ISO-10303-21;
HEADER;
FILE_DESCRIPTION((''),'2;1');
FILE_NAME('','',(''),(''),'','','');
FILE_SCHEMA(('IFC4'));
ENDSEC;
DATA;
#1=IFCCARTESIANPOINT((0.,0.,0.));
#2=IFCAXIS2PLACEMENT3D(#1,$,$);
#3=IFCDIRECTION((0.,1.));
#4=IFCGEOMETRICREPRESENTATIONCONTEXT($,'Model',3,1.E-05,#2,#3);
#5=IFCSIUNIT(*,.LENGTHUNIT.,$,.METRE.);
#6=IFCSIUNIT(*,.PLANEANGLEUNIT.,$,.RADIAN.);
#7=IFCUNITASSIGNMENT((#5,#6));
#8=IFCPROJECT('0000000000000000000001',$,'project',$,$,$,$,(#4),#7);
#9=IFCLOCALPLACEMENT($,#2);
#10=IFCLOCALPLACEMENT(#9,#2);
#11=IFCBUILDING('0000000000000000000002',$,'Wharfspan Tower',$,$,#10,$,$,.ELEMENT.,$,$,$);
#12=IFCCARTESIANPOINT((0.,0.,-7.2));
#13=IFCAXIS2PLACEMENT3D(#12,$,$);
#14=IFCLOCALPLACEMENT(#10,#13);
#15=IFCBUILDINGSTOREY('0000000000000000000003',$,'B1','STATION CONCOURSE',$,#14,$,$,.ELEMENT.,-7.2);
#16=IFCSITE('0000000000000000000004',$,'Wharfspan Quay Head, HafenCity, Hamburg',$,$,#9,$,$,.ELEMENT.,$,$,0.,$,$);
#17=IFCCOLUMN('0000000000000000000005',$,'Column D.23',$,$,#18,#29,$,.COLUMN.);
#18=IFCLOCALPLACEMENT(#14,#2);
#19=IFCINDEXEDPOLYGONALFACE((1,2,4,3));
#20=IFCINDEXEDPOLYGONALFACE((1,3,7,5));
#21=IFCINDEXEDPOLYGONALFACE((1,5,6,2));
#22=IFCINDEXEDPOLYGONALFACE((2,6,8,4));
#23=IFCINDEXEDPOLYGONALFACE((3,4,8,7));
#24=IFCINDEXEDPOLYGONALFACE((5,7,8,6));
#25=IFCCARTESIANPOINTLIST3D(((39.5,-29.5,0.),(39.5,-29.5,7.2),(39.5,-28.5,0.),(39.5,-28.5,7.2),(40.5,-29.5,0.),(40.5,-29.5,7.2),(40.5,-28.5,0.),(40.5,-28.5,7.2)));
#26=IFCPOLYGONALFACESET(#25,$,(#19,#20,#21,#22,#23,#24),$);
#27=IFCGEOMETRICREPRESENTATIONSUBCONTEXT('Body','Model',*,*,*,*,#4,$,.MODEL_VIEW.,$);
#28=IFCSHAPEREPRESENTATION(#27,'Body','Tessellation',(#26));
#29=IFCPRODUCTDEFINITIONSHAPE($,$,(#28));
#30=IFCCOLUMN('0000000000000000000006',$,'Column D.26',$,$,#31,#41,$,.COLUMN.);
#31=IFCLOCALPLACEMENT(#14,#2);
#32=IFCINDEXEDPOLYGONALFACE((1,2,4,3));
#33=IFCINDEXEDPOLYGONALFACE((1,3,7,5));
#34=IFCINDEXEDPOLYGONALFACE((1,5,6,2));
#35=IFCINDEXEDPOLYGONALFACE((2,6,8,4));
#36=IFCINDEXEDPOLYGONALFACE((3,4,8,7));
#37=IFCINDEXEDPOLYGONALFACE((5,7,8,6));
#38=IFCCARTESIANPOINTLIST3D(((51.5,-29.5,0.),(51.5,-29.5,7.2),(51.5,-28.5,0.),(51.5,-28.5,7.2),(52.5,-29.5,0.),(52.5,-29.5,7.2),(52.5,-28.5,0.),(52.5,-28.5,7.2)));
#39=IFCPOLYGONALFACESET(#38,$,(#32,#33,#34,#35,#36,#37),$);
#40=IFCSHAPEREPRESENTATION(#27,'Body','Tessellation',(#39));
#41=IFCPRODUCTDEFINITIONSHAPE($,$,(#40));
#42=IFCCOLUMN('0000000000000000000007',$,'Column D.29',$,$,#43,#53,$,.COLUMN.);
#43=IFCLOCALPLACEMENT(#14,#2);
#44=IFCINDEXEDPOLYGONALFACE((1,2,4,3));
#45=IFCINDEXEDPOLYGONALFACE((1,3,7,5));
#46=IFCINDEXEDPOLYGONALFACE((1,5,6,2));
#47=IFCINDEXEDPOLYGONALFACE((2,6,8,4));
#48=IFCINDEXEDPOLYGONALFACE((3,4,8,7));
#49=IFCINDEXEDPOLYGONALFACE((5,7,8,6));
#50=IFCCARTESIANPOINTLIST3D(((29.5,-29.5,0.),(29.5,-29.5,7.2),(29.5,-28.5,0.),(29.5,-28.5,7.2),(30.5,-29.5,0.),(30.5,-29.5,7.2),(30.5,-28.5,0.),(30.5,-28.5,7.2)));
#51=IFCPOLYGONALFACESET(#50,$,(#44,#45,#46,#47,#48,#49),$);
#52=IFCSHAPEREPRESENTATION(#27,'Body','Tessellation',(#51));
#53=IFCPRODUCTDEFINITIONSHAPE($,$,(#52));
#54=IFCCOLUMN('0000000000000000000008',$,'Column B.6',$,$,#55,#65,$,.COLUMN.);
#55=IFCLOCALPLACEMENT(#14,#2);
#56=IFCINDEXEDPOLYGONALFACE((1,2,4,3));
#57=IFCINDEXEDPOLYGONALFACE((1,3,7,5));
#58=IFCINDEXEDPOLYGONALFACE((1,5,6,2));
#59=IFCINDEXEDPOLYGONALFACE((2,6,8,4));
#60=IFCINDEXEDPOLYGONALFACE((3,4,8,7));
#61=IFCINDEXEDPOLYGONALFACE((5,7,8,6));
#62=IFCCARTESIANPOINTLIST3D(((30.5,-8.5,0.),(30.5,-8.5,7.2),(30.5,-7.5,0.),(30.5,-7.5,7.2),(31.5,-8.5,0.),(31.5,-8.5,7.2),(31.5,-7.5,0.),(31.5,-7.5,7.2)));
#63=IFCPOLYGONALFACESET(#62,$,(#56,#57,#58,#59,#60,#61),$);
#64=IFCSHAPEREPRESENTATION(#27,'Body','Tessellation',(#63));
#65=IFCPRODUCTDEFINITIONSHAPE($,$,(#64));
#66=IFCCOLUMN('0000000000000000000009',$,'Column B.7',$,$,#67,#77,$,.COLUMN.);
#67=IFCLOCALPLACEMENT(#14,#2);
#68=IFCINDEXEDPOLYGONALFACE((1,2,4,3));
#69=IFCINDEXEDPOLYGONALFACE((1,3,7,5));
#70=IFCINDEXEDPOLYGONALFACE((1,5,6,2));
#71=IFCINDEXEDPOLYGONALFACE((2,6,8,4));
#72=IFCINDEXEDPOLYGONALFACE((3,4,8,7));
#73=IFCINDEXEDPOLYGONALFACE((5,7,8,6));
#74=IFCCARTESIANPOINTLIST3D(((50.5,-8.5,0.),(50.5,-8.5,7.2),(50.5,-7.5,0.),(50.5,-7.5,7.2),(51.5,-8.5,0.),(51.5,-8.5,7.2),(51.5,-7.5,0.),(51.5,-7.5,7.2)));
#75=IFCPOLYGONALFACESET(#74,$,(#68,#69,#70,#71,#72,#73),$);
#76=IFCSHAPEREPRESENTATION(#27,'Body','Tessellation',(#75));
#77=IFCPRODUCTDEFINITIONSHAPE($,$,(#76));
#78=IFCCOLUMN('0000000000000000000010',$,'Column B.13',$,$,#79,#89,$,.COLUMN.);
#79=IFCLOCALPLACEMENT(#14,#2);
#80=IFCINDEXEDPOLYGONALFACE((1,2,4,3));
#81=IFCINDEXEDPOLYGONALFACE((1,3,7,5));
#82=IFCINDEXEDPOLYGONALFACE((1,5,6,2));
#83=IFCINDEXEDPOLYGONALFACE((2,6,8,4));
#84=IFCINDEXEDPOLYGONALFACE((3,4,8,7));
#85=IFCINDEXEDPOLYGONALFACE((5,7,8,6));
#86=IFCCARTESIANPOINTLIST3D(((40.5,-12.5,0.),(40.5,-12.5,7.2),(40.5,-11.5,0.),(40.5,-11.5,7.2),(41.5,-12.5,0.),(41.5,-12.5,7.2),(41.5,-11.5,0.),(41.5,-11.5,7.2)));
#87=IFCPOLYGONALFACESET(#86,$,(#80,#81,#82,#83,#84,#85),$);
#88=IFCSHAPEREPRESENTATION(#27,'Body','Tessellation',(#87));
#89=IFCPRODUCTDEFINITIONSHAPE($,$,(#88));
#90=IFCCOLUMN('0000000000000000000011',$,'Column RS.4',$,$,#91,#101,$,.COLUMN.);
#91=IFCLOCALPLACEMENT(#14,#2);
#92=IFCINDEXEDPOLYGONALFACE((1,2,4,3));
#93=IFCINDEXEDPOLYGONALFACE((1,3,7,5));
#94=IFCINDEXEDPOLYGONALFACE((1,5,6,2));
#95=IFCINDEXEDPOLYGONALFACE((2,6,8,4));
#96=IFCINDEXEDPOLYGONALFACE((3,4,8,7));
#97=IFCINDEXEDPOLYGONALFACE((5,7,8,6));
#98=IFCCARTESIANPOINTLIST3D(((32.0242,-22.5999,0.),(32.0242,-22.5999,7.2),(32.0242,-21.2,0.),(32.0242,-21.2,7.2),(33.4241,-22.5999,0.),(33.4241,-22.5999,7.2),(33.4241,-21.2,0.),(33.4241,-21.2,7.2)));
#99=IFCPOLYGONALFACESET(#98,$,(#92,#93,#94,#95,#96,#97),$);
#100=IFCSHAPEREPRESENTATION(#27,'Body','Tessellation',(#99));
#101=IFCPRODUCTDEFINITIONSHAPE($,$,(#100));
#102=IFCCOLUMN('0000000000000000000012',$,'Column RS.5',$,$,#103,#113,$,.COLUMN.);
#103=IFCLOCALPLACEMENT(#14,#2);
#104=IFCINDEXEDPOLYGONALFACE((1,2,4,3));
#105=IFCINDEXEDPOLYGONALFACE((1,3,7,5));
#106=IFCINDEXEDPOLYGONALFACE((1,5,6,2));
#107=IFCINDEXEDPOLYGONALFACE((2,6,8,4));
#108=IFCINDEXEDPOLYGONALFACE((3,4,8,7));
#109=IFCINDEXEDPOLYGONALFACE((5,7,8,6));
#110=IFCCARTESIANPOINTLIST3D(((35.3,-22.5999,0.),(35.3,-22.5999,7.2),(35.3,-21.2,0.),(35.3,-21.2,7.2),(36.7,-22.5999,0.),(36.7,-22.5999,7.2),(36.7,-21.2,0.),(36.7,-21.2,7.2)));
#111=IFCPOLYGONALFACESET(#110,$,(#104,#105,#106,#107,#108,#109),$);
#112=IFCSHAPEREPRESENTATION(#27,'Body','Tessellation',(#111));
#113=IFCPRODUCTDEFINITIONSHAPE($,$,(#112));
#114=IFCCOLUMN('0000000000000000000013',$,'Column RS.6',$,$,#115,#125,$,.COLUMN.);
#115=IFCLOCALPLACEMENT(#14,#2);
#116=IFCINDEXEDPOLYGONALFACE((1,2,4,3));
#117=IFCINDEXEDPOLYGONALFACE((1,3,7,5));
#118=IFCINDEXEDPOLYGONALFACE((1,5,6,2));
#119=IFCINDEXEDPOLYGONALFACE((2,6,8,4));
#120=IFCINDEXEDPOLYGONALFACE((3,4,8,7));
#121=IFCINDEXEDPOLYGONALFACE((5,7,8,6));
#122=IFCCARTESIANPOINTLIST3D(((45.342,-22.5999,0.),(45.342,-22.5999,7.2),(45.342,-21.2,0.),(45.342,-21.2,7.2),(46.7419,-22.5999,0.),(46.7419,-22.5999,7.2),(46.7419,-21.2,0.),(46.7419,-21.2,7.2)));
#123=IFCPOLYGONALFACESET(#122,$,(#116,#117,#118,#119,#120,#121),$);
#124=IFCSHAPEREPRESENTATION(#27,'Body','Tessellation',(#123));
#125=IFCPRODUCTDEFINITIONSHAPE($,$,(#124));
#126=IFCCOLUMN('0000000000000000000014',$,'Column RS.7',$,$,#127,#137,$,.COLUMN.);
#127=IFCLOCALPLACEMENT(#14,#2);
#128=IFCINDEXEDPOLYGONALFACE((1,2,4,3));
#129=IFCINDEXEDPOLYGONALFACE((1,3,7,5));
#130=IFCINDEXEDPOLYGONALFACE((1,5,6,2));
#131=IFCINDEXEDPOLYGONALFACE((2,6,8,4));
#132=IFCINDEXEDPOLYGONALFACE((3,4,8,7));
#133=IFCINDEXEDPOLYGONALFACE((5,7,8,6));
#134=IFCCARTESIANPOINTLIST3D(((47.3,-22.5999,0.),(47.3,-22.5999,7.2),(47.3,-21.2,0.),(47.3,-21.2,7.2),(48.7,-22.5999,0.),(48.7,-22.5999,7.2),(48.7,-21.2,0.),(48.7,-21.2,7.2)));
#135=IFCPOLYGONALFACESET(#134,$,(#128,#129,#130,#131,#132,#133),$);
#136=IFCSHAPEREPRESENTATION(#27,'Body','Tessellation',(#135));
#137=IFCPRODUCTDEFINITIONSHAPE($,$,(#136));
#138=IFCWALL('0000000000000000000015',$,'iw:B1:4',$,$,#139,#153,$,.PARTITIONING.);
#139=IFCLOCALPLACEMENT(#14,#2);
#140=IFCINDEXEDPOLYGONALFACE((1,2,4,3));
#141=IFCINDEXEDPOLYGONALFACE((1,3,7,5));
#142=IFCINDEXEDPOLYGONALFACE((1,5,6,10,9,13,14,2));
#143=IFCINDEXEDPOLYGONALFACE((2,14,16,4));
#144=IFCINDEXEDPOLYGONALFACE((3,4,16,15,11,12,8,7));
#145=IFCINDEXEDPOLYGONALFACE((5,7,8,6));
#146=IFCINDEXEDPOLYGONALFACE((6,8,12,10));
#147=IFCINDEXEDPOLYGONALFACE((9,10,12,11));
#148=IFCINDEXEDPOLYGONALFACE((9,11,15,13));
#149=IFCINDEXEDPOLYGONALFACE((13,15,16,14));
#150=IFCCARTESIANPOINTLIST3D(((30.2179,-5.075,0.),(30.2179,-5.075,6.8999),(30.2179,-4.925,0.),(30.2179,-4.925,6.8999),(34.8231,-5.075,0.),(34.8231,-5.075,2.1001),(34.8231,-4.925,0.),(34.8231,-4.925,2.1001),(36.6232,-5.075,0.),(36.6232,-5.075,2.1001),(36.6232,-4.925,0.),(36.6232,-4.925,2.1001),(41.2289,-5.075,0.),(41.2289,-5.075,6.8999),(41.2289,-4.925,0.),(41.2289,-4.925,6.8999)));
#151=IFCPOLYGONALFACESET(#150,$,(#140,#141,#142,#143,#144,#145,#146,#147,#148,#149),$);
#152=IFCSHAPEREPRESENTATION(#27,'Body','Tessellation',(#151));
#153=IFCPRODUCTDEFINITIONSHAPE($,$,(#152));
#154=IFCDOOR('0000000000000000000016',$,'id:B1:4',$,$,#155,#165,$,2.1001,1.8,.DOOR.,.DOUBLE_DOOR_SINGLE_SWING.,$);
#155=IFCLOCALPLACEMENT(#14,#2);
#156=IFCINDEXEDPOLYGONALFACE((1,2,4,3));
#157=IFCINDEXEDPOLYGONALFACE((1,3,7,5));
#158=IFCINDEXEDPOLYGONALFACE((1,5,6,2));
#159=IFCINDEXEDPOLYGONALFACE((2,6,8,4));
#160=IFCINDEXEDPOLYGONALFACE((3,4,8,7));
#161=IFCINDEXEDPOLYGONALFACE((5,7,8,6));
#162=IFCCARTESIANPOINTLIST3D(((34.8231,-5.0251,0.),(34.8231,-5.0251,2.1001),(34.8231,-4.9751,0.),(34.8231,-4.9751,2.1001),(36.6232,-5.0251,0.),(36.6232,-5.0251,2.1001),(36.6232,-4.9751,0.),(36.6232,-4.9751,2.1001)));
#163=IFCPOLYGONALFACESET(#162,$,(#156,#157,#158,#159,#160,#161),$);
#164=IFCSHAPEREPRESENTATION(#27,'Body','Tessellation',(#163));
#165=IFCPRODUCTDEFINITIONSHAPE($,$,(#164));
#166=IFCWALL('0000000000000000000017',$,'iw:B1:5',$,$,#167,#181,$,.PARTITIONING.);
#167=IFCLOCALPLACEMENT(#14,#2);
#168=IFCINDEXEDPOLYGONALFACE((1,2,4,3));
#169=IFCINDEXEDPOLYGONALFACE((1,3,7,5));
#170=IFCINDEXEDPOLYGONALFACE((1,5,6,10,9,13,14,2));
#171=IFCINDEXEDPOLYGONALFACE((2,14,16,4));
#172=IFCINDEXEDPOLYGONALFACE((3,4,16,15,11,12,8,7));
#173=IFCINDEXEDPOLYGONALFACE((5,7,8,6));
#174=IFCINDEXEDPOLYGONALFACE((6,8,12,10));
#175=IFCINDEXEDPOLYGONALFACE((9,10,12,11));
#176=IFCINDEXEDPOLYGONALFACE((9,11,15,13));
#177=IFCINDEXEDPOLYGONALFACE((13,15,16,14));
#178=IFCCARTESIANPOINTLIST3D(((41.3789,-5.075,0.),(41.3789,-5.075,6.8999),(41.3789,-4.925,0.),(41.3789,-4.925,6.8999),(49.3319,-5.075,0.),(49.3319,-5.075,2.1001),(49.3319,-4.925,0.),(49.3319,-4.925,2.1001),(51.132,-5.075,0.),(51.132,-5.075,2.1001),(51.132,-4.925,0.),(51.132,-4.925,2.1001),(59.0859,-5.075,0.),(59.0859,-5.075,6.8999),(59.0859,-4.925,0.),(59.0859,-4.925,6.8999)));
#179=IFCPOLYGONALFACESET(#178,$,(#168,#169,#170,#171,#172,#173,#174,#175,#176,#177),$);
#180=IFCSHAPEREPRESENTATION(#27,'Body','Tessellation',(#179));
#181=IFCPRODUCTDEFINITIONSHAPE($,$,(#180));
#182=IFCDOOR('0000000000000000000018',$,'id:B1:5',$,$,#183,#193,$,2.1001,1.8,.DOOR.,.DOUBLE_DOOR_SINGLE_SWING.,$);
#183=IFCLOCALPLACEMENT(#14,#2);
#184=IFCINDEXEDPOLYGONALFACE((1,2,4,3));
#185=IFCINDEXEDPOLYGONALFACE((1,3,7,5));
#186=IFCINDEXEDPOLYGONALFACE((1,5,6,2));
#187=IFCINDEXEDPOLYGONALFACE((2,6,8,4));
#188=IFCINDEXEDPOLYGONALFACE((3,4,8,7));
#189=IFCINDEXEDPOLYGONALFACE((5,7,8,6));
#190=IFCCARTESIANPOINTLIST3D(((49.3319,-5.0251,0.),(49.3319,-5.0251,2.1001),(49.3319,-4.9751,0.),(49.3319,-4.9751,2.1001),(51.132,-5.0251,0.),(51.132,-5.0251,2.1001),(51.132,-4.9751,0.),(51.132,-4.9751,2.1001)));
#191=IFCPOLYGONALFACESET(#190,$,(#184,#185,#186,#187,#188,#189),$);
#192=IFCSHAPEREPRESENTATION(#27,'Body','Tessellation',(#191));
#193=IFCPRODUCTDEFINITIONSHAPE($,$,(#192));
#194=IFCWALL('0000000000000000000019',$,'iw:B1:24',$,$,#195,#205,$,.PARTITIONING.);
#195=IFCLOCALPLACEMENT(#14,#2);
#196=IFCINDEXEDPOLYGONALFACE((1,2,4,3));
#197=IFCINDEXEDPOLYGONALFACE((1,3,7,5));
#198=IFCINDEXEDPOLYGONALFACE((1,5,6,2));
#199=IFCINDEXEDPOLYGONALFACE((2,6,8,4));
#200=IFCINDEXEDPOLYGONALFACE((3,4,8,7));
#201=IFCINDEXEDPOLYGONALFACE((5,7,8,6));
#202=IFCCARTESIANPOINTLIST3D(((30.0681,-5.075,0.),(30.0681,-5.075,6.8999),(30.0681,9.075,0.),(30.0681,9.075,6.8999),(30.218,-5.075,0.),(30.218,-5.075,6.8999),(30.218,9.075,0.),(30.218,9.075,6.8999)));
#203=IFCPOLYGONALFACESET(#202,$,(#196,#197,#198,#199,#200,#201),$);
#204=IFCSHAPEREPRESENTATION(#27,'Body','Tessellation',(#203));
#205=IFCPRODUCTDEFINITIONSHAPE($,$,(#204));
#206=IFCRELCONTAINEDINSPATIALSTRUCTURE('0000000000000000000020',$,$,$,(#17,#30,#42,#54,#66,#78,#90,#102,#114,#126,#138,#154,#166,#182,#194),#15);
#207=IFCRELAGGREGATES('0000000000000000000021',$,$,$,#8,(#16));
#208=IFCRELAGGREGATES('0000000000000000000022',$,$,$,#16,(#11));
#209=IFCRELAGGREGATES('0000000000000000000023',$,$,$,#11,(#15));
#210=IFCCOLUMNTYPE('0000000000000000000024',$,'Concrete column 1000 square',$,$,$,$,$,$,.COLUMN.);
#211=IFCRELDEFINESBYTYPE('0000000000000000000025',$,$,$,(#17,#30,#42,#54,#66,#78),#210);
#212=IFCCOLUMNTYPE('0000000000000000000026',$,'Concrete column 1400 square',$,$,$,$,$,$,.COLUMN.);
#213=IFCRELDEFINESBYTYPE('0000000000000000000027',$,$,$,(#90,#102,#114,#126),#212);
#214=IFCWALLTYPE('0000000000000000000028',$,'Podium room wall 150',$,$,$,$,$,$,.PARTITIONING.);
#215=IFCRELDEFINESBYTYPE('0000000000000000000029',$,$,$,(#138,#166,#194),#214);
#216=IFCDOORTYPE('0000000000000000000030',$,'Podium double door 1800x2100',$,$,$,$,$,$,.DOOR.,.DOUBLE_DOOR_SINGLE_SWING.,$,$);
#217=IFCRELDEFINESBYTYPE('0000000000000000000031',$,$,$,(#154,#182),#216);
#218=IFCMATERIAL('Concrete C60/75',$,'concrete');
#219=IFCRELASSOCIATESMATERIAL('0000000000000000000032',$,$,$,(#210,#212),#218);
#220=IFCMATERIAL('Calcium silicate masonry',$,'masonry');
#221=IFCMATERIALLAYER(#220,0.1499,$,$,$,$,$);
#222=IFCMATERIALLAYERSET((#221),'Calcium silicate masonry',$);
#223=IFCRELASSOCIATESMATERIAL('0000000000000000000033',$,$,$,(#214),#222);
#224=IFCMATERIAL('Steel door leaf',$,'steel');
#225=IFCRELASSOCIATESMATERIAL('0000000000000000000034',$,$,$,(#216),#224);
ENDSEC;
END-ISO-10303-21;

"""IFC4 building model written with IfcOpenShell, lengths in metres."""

from ifc_helpers import new_model, si_unit, direction, frame, frame_2d, origin, origin_2d, place, context, subcontext, project, spatial, rectangle, extrude, material, layer, layer_set, material_profile, profile_set, type_object, element, fill, save


model = new_model("IFC4")

# Units and contexts
model_context = context("Model", 3, precision=1e-05, world=origin(), true_north=direction((0.0, 1.0)))
body_context = subcontext(model_context, "Body", "Model", "MODEL_VIEW")
ifc_project = project(units=[si_unit("LENGTHUNIT", "METRE"), si_unit("PLANEANGLEUNIT", "RADIAN")], contexts=[model_context])

# Site, building, storey
site_placement = place(None, origin())
site = spatial("IfcSite", under=ifc_project, at=site_placement, Name="Wharfspan Quay Head, HafenCity, Hamburg", CompositionType="ELEMENT", RefElevation=0.0)
building_placement = place(site_placement, origin())
building = spatial("IfcBuilding", under=site, at=building_placement, Name="Wharfspan Tower", CompositionType="ELEMENT")
storey_placement = place(building_placement, frame((0.0, 0.0, -7.2)))
storey = spatial("IfcBuildingStorey", under=building, at=storey_placement, Name="B1", Description="STATION CONCOURSE", CompositionType="ELEMENT", Elevation=-7.2)

# Columns
ifc_material_1 = material(Name="Concrete C60/75", Category="concrete")
ifc_material_profile_1 = material_profile(ifc_material_1, rectangle(XDim=1.0, YDim=1.0, at=origin_2d()))
ifc_profile_set_1 = profile_set([ifc_material_profile_1], Name="Concrete C60/75")
column_type_1 = type_object("IfcColumnType", Name="Concrete column 1000 square", PredefinedType="COLUMN", material=ifc_profile_set_1)
for number, where, z_axis, x_axis, name in (
    (1, (40.0, -29.0, 0.0), (0.0, 0.0, 1.0), (1.0, 0.0, 0.0), "Column D.23"),
    (2, (52.0, -29.0, 0.0), (0.0, 0.0, 1.0), (1.0, 0.0, 0.0), "Column D.26"),
    (3, (30.0, -29.0, 0.0), (0.0, 0.0, 1.0), (1.0, 0.0, 0.0), "Column D.29"),
    (4, (31.0, -8.0, 0.0), (0.0, 0.0, 1.0), (1.0, 0.0, 0.0), "Column B.6"),
    (5, (51.0, -8.0, 0.0), (0.0, 0.0, 1.0), (1.0, 0.0, 0.0), "Column B.7"),
    (6, (41.0, -12.0, 0.0), (0.0, 0.0, 1.0), (1.0, 0.0, 0.0), "Column B.13"),
):
    element("IfcColumn", number, at=place(storey_placement, frame(where, z_axis=z_axis, x_axis=x_axis)), inside=storey, type_object=column_type_1, Name=name, PredefinedType="COLUMN", context=body_context, shape_type="SweptSolid", body=[
        extrude(rectangle(XDim=1.0, YDim=1.0, at=origin_2d()), origin(), (0.0, 0.0, 1.0), 7.2),
    ])
ifc_material_profile_2 = material_profile(ifc_material_1, rectangle(XDim=1.3999, YDim=1.3999, at=origin_2d()))
ifc_profile_set_2 = profile_set([ifc_material_profile_2], Name="Concrete C60/75")
column_type_2 = type_object("IfcColumnType", Name="Concrete column 1400 square", PredefinedType="COLUMN", material=ifc_profile_set_2)
for number, where, z_axis, x_axis, name in (
    (7, (32.7241, -21.8999, 0.0), (0.0, 0.0, 1.0), (1.0, 0.0, 0.0), "Column RS.4"),
    (8, (36.0, -21.8999, 0.0), (0.0, 0.0, 1.0), (1.0, 0.0, 0.0), "Column RS.5"),
    (9, (46.042, -21.8999, 0.0), (0.0, 0.0, 1.0), (1.0, 0.0, 0.0), "Column RS.6"),
    (10, (48.0, -21.8999, 0.0), (0.0, 0.0, 1.0), (1.0, 0.0, 0.0), "Column RS.7"),
):
    element("IfcColumn", number, at=place(storey_placement, frame(where, z_axis=z_axis, x_axis=x_axis)), inside=storey, type_object=column_type_2, Name=name, PredefinedType="COLUMN", context=body_context, shape_type="SweptSolid", body=[
        extrude(rectangle(XDim=1.3999, YDim=1.3999, at=origin_2d()), origin(), (0.0, 0.0, 1.0), 7.2),
    ])

# Walls, openings, doors
ifc_material_2 = material(Name="Calcium silicate masonry", Category="masonry")
ifc_layer_1 = layer(ifc_material_2, 0.1499)
ifc_layer_set_1 = layer_set([ifc_layer_1], Name="Calcium silicate masonry")
wall_type_1 = type_object("IfcWallType", Name="Podium room wall 150", PredefinedType="PARTITIONING", material=ifc_layer_set_1)
wall_1_placement = place(storey_placement, frame((30.218, -5.0, 0.0), z_axis=(0.0, 0.0, 1.0), x_axis=(1.0, 0.0, 0.0)))
wall_1 = element("IfcWall", 11, at=wall_1_placement, inside=storey, type_object=wall_type_1, Name="iw:B1:4", PredefinedType="PARTITIONING", context=body_context, shape_type="SweptSolid", body=[
    extrude(rectangle(XDim=11.011, YDim=0.1499, at=frame_2d((5.5054, 0.0))), origin(), (0.0, 0.0, 1.0), 6.8999),
])
opening_1_placement = place(wall_1_placement, frame((4.6052, 0.0, 0.0)))
opening_1 = element("IfcOpeningElement", 12, at=opening_1_placement, cuts=wall_1, PredefinedType="OPENING", context=body_context, shape_type="SweptSolid", body=[
    extrude(rectangle(XDim=1.8, YDim=2.1001, at=frame_2d((0.8999, 1.05))), frame((0.0, 0.085, 0.0), z_axis=(0.0, -1.0, 0.0), x_axis=(1.0, 0.0, 0.0)), (0.0, 0.0, 1.0), 0.1699),
])
ifc_material_3 = material(Name="Steel door leaf", Category="steel")
door_type = type_object("IfcDoorType", Name="Podium double door 1800x2100", OperationType="DOUBLE_DOOR_SINGLE_SWING", PredefinedType="DOOR", material=ifc_material_3)
door_1_placement = place(opening_1_placement, origin())
door_1 = element("IfcDoor", 13, at=door_1_placement, inside=storey, type_object=door_type, Name="id:B1:4", OperationType="DOUBLE_DOOR_SINGLE_SWING", OverallHeight=2.1001, OverallWidth=1.8, PredefinedType="DOOR", context=body_context, shape_type="SweptSolid", body=[
    extrude(rectangle(XDim=1.8, YDim=2.1001, at=frame_2d((0.8999, 1.05))), frame((0.0, 0.0249, 0.0), z_axis=(0.0, -1.0, 0.0), x_axis=(1.0, 0.0, 0.0)), (0.0, 0.0, 1.0), 0.05),
])
fill(opening_1, door_1)
wall_2_placement = place(storey_placement, frame((41.3789, -5.0, 0.0), z_axis=(0.0, 0.0, 1.0), x_axis=(1.0, 0.0, 0.0)))
wall_2 = element("IfcWall", 14, at=wall_2_placement, inside=storey, type_object=wall_type_1, Name="iw:B1:5", PredefinedType="PARTITIONING", context=body_context, shape_type="SweptSolid", body=[
    extrude(rectangle(XDim=17.707, YDim=0.1499, at=frame_2d((8.8535, 0.0))), origin(), (0.0, 0.0, 1.0), 6.8999),
])
opening_2_placement = place(wall_2_placement, frame((7.9531, 0.0, 0.0)))
opening_2 = element("IfcOpeningElement", 15, at=opening_2_placement, cuts=wall_2, PredefinedType="OPENING", context=body_context, shape_type="SweptSolid", body=[
    extrude(rectangle(XDim=1.8, YDim=2.1001, at=frame_2d((0.8999, 1.05))), frame((0.0, 0.085, 0.0), z_axis=(0.0, -1.0, 0.0), x_axis=(1.0, 0.0, 0.0)), (0.0, 0.0, 1.0), 0.1699),
])
door_2_placement = place(opening_2_placement, origin())
door_2 = element("IfcDoor", 16, at=door_2_placement, inside=storey, type_object=door_type, Name="id:B1:5", OperationType="DOUBLE_DOOR_SINGLE_SWING", OverallHeight=2.1001, OverallWidth=1.8, PredefinedType="DOOR", context=body_context, shape_type="SweptSolid", body=[
    extrude(rectangle(XDim=1.8, YDim=2.1001, at=frame_2d((0.8999, 1.05))), frame((0.0, 0.0249, 0.0), z_axis=(0.0, -1.0, 0.0), x_axis=(1.0, 0.0, 0.0)), (0.0, 0.0, 1.0), 0.05),
])
fill(opening_2, door_2)

# Wall
wall_3_placement = place(storey_placement, frame((30.1431, -5.075, 0.0), z_axis=(0.0, 0.0, 1.0), x_axis=(0.0, 1.0, 0.0)))
element("IfcWall", 17, at=wall_3_placement, inside=storey, type_object=wall_type_1, Name="iw:B1:24", PredefinedType="PARTITIONING", context=body_context, shape_type="SweptSolid", body=[
    extrude(rectangle(XDim=14.1499, YDim=0.1499, at=frame_2d((7.075, 0.0))), origin(), (0.0, 0.0, 1.0), 6.8999),
])

save(model, "model.ifc")
